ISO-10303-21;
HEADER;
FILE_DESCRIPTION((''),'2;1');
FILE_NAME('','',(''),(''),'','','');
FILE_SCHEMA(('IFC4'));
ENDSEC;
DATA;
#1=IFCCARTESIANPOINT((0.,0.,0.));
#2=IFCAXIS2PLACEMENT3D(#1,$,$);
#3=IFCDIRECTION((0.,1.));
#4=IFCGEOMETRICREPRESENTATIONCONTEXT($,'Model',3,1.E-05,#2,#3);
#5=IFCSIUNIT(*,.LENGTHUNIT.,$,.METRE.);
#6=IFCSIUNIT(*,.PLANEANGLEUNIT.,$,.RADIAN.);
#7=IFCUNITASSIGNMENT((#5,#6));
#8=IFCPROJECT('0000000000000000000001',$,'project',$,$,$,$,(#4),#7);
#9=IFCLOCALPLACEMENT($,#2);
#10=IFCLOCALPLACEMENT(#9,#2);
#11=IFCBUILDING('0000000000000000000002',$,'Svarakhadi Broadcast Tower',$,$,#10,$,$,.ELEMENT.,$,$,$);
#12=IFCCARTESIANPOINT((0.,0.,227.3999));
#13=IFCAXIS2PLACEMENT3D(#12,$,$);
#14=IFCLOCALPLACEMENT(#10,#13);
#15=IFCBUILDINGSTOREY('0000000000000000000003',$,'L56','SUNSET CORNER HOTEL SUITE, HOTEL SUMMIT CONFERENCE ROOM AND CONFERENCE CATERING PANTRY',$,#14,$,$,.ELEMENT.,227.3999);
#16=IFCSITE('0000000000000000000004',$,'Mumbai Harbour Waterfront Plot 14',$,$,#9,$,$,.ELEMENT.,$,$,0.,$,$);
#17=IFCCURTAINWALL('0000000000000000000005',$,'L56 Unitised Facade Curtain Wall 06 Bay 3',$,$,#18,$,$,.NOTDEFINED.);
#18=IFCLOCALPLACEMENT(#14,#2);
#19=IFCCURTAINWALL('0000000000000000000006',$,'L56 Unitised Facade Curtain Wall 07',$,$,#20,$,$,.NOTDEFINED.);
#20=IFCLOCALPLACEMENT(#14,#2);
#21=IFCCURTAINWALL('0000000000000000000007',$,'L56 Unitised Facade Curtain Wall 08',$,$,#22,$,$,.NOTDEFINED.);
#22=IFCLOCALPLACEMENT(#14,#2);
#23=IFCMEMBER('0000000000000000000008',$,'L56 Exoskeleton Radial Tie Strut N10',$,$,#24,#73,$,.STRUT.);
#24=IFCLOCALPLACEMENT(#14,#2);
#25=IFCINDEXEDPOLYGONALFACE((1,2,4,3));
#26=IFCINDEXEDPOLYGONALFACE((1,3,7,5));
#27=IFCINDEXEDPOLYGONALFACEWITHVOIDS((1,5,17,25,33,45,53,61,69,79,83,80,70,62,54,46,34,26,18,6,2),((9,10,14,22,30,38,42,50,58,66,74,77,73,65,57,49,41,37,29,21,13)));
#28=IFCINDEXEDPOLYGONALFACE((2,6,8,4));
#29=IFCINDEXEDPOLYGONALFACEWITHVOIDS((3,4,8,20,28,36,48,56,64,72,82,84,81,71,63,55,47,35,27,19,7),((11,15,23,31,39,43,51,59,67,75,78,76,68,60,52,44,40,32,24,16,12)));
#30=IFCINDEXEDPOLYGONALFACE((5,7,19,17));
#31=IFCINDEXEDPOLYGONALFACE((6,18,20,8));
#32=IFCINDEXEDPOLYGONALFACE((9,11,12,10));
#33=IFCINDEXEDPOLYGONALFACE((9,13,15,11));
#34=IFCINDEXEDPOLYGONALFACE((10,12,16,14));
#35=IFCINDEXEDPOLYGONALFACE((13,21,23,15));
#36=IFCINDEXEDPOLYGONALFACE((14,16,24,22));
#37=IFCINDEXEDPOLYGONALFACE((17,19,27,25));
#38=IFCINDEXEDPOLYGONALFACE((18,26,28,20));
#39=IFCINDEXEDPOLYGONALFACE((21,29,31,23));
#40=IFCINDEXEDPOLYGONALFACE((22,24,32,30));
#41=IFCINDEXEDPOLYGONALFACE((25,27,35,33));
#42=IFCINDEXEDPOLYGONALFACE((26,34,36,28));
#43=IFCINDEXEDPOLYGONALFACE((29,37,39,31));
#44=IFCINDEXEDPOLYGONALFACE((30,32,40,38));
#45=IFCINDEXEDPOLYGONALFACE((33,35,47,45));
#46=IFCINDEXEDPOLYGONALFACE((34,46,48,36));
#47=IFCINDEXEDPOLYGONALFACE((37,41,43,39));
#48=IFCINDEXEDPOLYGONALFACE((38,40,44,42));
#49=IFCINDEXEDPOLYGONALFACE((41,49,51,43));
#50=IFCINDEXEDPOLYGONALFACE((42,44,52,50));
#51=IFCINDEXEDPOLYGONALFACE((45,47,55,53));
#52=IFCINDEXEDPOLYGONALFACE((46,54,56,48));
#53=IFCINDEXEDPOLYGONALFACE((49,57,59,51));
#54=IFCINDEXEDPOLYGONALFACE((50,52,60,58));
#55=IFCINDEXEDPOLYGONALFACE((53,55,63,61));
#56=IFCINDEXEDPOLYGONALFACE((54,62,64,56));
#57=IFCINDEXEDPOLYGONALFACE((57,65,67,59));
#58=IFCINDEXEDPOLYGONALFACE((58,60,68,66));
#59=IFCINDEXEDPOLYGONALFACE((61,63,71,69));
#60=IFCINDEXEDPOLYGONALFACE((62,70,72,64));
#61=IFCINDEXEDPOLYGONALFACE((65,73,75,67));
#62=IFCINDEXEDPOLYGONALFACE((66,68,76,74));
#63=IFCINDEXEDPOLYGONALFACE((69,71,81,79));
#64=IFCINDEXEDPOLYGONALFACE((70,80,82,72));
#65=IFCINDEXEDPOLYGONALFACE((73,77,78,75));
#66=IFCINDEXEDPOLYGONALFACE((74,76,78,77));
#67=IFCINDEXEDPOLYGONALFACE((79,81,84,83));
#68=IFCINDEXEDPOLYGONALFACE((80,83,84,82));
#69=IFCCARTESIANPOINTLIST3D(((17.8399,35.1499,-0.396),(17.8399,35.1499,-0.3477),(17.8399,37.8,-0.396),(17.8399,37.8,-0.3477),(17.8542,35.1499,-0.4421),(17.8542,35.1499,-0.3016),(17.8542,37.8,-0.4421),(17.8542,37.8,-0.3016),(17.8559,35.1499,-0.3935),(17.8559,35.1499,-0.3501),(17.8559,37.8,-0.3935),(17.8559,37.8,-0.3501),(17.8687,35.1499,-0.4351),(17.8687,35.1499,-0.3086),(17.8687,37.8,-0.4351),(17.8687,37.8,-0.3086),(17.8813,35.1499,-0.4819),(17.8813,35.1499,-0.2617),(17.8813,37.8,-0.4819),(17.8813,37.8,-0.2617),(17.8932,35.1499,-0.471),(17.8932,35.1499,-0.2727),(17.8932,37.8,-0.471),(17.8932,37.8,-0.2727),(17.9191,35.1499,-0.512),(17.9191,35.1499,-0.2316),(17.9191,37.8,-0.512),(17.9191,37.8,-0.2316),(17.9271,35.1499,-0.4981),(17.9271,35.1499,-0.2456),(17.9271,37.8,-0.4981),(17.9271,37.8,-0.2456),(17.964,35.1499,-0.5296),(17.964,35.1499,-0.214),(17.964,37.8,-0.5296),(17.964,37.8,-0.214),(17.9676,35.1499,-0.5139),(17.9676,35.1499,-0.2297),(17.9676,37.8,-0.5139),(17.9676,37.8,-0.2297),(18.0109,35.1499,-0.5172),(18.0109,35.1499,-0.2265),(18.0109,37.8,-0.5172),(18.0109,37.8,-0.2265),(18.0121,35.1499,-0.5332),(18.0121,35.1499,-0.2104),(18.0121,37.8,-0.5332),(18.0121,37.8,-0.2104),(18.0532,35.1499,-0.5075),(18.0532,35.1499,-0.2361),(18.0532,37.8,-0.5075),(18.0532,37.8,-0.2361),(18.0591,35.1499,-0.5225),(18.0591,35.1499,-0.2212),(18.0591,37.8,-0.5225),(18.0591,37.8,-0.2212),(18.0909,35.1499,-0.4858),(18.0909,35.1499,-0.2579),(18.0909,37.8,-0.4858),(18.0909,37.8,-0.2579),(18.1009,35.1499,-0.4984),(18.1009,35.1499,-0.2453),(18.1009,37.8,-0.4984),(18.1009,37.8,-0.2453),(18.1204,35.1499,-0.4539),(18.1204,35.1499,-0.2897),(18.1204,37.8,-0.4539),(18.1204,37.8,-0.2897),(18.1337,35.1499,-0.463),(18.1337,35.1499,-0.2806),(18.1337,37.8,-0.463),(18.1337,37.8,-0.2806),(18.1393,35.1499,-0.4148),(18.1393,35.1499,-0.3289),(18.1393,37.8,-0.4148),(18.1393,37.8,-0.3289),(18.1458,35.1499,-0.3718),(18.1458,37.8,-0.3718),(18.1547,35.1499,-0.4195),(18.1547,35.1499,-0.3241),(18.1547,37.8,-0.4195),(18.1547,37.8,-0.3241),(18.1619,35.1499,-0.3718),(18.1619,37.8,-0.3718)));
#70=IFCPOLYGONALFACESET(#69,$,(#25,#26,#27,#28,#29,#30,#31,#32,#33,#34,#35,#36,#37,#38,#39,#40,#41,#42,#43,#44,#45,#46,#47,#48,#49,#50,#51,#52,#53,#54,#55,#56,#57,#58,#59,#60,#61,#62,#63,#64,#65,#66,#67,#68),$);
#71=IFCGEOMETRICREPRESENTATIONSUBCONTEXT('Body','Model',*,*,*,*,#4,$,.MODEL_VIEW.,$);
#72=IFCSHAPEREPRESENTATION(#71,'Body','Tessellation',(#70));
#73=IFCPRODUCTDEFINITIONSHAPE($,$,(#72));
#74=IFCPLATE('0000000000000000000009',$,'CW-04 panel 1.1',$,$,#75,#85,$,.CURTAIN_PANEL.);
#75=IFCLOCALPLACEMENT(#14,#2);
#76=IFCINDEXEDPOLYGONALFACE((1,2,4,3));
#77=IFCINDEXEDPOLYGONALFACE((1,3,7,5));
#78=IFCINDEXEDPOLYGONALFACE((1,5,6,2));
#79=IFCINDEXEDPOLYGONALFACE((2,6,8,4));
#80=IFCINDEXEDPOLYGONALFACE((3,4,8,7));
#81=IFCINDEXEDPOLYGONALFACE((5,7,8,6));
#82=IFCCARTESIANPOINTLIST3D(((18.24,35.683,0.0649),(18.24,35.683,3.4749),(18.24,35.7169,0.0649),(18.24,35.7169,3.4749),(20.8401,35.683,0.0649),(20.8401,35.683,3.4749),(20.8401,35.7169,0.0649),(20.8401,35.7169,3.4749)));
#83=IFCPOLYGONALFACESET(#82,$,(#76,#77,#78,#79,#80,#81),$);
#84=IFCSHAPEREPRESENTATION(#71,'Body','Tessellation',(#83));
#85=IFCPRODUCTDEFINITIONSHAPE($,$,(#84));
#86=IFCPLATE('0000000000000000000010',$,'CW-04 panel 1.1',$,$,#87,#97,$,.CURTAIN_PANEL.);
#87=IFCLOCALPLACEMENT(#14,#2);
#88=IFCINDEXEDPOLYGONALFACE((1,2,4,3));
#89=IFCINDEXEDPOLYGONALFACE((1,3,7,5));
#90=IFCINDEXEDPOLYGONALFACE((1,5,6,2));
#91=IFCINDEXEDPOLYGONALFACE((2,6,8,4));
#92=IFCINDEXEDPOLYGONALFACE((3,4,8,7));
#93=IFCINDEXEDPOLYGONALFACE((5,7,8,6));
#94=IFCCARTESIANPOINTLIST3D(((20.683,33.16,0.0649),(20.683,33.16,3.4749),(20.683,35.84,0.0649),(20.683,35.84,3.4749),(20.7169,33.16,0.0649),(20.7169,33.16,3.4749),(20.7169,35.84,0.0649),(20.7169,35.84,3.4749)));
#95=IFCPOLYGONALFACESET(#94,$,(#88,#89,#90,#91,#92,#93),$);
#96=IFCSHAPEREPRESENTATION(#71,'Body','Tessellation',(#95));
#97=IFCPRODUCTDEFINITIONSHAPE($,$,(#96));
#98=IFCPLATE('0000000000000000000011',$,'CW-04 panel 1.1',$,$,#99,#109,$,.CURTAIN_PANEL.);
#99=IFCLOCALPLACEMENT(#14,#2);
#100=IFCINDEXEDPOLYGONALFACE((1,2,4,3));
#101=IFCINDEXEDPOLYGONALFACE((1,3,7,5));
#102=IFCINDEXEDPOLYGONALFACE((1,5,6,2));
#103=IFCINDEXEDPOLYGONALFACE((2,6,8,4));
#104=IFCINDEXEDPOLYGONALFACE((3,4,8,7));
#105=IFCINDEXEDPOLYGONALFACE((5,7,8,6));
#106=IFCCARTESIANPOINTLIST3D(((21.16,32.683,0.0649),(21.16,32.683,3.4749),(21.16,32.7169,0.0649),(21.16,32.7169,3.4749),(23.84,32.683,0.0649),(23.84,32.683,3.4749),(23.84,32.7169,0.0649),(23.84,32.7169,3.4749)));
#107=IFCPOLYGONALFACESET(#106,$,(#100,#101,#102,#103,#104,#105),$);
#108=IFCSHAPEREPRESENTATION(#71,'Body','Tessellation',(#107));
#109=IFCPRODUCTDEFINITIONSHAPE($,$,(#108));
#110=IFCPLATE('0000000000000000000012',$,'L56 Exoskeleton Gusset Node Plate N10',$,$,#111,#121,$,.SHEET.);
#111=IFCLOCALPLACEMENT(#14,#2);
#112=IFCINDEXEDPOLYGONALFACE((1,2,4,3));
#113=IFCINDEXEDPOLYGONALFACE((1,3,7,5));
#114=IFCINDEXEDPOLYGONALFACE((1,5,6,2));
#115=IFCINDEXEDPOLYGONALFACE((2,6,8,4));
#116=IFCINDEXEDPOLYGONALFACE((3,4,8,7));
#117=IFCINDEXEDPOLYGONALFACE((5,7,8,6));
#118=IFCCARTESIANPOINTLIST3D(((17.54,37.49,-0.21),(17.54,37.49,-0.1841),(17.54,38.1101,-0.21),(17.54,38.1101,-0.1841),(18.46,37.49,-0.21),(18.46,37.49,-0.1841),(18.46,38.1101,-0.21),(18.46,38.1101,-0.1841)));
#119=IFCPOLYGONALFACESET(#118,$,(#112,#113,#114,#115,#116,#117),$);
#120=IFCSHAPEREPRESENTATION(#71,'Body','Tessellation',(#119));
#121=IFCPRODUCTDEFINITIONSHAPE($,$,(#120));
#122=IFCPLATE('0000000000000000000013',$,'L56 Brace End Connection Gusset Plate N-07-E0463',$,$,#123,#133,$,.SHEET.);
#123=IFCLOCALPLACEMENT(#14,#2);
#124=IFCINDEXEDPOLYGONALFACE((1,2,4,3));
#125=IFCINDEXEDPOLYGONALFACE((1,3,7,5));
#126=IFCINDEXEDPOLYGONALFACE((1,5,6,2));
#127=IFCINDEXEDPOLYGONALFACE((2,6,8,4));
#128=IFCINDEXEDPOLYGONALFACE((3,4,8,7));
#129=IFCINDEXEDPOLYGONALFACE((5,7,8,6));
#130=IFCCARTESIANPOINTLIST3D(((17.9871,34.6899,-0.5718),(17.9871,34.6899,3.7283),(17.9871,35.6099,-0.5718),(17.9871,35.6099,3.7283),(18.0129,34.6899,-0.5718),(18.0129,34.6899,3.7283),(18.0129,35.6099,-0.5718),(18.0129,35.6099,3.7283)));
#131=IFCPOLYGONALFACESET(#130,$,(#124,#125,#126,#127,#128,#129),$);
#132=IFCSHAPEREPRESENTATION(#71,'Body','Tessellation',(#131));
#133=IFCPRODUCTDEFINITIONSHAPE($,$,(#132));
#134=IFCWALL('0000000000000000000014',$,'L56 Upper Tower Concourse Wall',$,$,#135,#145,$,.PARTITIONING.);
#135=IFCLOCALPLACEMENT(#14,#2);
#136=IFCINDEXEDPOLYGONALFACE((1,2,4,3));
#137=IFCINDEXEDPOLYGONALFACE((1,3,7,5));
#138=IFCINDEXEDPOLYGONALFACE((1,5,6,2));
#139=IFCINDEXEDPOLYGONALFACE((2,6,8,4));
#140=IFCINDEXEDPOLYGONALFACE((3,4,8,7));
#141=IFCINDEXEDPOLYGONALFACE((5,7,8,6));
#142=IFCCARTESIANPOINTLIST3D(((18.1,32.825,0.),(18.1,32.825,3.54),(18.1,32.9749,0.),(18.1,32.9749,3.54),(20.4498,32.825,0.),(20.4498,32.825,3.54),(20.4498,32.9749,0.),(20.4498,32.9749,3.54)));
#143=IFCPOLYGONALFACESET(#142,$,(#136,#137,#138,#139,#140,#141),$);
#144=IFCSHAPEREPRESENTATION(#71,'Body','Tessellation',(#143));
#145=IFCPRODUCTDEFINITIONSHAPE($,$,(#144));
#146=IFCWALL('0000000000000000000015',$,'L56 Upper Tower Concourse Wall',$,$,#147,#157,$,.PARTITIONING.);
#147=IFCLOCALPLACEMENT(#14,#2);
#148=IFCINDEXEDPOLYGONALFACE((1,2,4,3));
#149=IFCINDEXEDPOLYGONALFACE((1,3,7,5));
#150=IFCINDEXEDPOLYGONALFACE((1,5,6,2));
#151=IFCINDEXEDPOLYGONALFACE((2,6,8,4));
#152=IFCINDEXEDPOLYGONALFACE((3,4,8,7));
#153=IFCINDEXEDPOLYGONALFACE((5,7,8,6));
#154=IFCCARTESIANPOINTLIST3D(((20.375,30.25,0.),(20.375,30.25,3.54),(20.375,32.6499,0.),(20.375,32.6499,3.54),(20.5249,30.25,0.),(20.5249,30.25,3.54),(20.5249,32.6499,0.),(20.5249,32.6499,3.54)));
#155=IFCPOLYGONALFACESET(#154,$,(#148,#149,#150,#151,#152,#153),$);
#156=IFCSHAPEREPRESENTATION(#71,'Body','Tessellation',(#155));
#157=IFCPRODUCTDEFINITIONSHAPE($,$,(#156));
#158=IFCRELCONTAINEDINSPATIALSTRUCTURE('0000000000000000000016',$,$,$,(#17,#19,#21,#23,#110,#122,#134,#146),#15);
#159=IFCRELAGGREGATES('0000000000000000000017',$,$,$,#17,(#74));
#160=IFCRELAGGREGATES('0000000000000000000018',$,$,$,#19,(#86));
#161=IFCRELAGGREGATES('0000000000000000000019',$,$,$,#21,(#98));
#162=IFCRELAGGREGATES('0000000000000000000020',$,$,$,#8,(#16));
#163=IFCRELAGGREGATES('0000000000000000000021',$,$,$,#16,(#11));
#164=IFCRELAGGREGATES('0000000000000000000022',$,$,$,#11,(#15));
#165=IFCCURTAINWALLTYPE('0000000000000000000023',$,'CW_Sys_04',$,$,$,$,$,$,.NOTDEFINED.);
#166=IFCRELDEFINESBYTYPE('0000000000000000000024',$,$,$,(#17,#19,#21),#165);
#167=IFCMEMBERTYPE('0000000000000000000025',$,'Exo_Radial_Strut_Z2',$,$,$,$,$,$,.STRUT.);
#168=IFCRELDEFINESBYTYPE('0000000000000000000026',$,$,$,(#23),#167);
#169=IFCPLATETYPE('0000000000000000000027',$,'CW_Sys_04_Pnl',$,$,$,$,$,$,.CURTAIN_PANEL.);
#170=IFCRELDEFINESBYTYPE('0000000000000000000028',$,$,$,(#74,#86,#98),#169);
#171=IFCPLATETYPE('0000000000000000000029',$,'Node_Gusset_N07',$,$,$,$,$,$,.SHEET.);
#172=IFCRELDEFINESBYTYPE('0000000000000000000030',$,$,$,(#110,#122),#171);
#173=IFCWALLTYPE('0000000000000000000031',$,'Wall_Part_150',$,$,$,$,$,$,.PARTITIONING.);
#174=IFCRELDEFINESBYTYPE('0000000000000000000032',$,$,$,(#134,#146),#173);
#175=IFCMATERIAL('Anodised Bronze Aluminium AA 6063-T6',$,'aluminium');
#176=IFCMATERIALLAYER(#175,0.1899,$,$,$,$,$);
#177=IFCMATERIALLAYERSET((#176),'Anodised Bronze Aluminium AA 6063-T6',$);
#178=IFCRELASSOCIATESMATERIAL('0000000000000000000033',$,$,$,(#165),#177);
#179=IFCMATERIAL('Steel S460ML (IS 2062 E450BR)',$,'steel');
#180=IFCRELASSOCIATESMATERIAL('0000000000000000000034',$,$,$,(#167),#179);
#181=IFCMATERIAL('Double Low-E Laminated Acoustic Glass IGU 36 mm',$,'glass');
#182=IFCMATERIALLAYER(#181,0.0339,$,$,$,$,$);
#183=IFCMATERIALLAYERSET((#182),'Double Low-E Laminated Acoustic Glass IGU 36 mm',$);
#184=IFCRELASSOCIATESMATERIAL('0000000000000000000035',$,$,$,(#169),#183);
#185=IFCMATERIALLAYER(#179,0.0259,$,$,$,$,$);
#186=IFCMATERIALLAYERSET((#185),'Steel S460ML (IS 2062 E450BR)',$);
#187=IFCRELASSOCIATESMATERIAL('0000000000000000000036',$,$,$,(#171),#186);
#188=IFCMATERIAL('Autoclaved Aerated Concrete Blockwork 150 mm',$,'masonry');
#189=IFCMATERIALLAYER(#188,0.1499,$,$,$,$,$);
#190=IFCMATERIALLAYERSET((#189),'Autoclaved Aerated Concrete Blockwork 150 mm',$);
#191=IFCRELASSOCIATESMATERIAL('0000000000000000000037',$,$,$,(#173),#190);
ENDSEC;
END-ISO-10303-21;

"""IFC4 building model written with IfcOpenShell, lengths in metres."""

from ifc_helpers import new_model, si_unit, direction, frame, frame_2d, origin, origin_2d, place, context, subcontext, project, spatial, rectangle, hollow_circle, extrude, material, layer, layer_set, material_profile, profile_set, type_object, element, aggregate, save


model = new_model("IFC4")

# Units and contexts
model_context = context("Model", 3, precision=1e-05, world=origin(), true_north=direction((0.0, 1.0)))
body_context = subcontext(model_context, "Body", "Model", "MODEL_VIEW")
ifc_project = project(units=[si_unit("LENGTHUNIT", "METRE"), si_unit("PLANEANGLEUNIT", "RADIAN")], contexts=[model_context])

# Site, building, storey
site_placement = place(None, origin())
site = spatial("IfcSite", under=ifc_project, at=site_placement, Name="Mumbai Harbour Waterfront Plot 14", CompositionType="ELEMENT", RefElevation=0.0)
building_placement = place(site_placement, origin())
building = spatial("IfcBuilding", under=site, at=building_placement, Name="Svarakhadi Broadcast Tower", CompositionType="ELEMENT")
storey_placement = place(building_placement, frame((0.0, 0.0, 227.3999)))
storey = spatial("IfcBuildingStorey", under=building, at=storey_placement, Name="L56", Description="SUNSET CORNER HOTEL SUITE, HOTEL SUMMIT CONFERENCE ROOM AND CONFERENCE CATERING PANTRY", CompositionType="ELEMENT", Elevation=227.3999)

# Shared definitions
ifc_material_1 = material(Name="Steel S460ML (IS 2062 E450BR)", Category="steel")

# Curtain walls
ifc_material_2 = material(Name="Anodised Bronze Aluminium AA 6063-T6", Category="aluminium")
ifc_layer_1 = layer(ifc_material_2, 0.1899)
ifc_layer_set_1 = layer_set([ifc_layer_1], Name="Anodised Bronze Aluminium AA 6063-T6")
curtain_wall_type = type_object("IfcCurtainWallType", Name="CW_Sys_04", PredefinedType="NOTDEFINED", material=ifc_layer_set_1)
curtain_wall_1_placement = place(storey_placement, origin())
curtain_wall_1 = element("IfcCurtainWall", 1, at=curtain_wall_1_placement, inside=storey, type_object=curtain_wall_type, Name="L56 Unitised Facade Curtain Wall 06 Bay 3", PredefinedType="NOTDEFINED")
curtain_wall_2_placement = place(storey_placement, origin())
curtain_wall_2 = element("IfcCurtainWall", 2, at=curtain_wall_2_placement, inside=storey, type_object=curtain_wall_type, Name="L56 Unitised Facade Curtain Wall 07", PredefinedType="NOTDEFINED")
curtain_wall_3_placement = place(storey_placement, origin())
curtain_wall_3 = element("IfcCurtainWall", 3, at=curtain_wall_3_placement, inside=storey, type_object=curtain_wall_type, Name="L56 Unitised Facade Curtain Wall 08", PredefinedType="NOTDEFINED")

# Member
ifc_material_profile_1 = material_profile(ifc_material_1, hollow_circle(Radius=0.1619, WallThickness=0.0161, at=origin_2d()), Name="CHS 323.9x16")
ifc_profile_set_1 = profile_set([ifc_material_profile_1], Name="Steel S460ML (IS 2062 E450BR)")
member_type_1 = type_object("IfcMemberType", Name="Exo_Radial_Strut_Z2", PredefinedType="STRUT", material=ifc_profile_set_1)
member_1_placement = place(storey_placement, frame((18.0, 37.8, -0.3718), z_axis=(0.0, -1.0, 0.0), x_axis=(1.0, 0.0, 0.0)))
element("IfcMember", 4, at=member_1_placement, inside=storey, type_object=member_type_1, Name="L56 Exoskeleton Radial Tie Strut N10", PredefinedType="STRUT", context=body_context, shape_type="SweptSolid", body=[
    extrude(hollow_circle(Radius=0.1619, WallThickness=0.0161, at=origin_2d()), origin(), (0.0, 0.0, 1.0), 2.6501),
])

# Plates
ifc_material_3 = material(Name="Double Low-E Laminated Acoustic Glass IGU 36 mm", Category="glass")
ifc_layer_2 = layer(ifc_material_3, 0.0339)
ifc_layer_set_2 = layer_set([ifc_layer_2], Name="Double Low-E Laminated Acoustic Glass IGU 36 mm")
plate_type_1 = type_object("IfcPlateType", Name="CW_Sys_04_Pnl", PredefinedType="CURTAIN_PANEL", material=ifc_layer_set_2)
plate_1_placement = place(storey_placement, frame((19.54, 35.7, 0.0649), z_axis=(0.0, 0.0, 1.0), x_axis=(1.0, 0.0, 0.0)))
plate_1 = element("IfcPlate", 5, at=plate_1_placement, type_object=plate_type_1, Name="CW-04 panel 1.1", PredefinedType="CURTAIN_PANEL", context=body_context, shape_type="SweptSolid", body=[
    extrude(rectangle(XDim=2.6001, YDim=0.0339, at=origin_2d()), origin(), (0.0, 0.0, 1.0), 3.4099),
])
aggregate(curtain_wall_1, [plate_1])
plate_2_placement = place(storey_placement, frame((20.7, 34.5, 0.0649), z_axis=(0.0, 0.0, 1.0), x_axis=(0.0, -1.0, 0.0)))
plate_2 = element("IfcPlate", 6, at=plate_2_placement, type_object=plate_type_1, Name="CW-04 panel 1.1", PredefinedType="CURTAIN_PANEL", context=body_context, shape_type="SweptSolid", body=[
    extrude(rectangle(XDim=2.6799, YDim=0.0339, at=origin_2d()), origin(), (0.0, 0.0, 1.0), 3.4099),
])
aggregate(curtain_wall_2, [plate_2])
plate_3_placement = place(storey_placement, frame((22.5, 32.7, 0.0649), z_axis=(0.0, 0.0, 1.0), x_axis=(1.0, 0.0, 0.0)))
plate_3 = element("IfcPlate", 7, at=plate_3_placement, type_object=plate_type_1, Name="CW-04 panel 1.1", PredefinedType="CURTAIN_PANEL", context=body_context, shape_type="SweptSolid", body=[
    extrude(rectangle(XDim=2.6799, YDim=0.0339, at=origin_2d()), origin(), (0.0, 0.0, 1.0), 3.4099),
])
aggregate(curtain_wall_3, [plate_3])

# Plates
ifc_layer_3 = layer(ifc_material_1, 0.0259)
ifc_layer_set_3 = layer_set([ifc_layer_3], Name="Steel S460ML (IS 2062 E450BR)")
plate_type_2 = type_object("IfcPlateType", Name="Node_Gusset_N07", PredefinedType="SHEET", material=ifc_layer_set_3)
plate_4_placement = place(storey_placement, frame((18.0, 37.8, -0.21), z_axis=(0.0, 0.0, 1.0), x_axis=(1.0, 0.0, 0.0)))
element("IfcPlate", 8, at=plate_4_placement, inside=storey, type_object=plate_type_2, Name="L56 Exoskeleton Gusset Node Plate N10", PredefinedType="SHEET", context=body_context, shape_type="SweptSolid", body=[
    extrude(rectangle(XDim=0.9199, YDim=0.6201, at=origin_2d()), origin(), (0.0, 0.0, 1.0), 0.0259),
])
plate_5_placement = place(storey_placement, frame((18.0, 35.1499, -0.5718), z_axis=(0.0, 0.0, 1.0), x_axis=(0.0, 1.0, 0.0)))
element("IfcPlate", 9, at=plate_5_placement, inside=storey, type_object=plate_type_2, Name="L56 Brace End Connection Gusset Plate N-07-E0463", PredefinedType="SHEET", context=body_context, shape_type="SweptSolid", body=[
    extrude(rectangle(XDim=0.9199, YDim=0.0259, at=origin_2d()), origin(), (0.0, 0.0, 1.0), 4.3),
])

# Walls
ifc_material_4 = material(Name="Autoclaved Aerated Concrete Blockwork 150 mm", Category="masonry")
ifc_layer_4 = layer(ifc_material_4, 0.1499)
ifc_layer_set_4 = layer_set([ifc_layer_4], Name="Autoclaved Aerated Concrete Blockwork 150 mm")
wall_type = type_object("IfcWallType", Name="Wall_Part_150", PredefinedType="PARTITIONING", material=ifc_layer_set_4)
wall_1_placement = place(storey_placement, frame((18.1001, 32.8999, 0.0), z_axis=(0.0, 0.0, 1.0), x_axis=(1.0, 0.0, 0.0)))
element("IfcWall", 10, at=wall_1_placement, inside=storey, type_object=wall_type, Name="L56 Upper Tower Concourse Wall", PredefinedType="PARTITIONING", context=body_context, shape_type="SweptSolid", body=[
    extrude(rectangle(XDim=2.3499, YDim=0.1499, at=frame_2d((1.1748, 0.0))), origin(), (0.0, 0.0, 1.0), 3.54),
])
wall_2_placement = place(storey_placement, frame((20.45, 32.6499, 0.0), z_axis=(0.0, 0.0, 1.0), x_axis=(0.0, -1.0, 0.0)))
element("IfcWall", 11, at=wall_2_placement, inside=storey, type_object=wall_type, Name="L56 Upper Tower Concourse Wall", PredefinedType="PARTITIONING", context=body_context, shape_type="SweptSolid", body=[
    extrude(rectangle(XDim=2.3999, YDim=0.1499, at=frame_2d((1.2, 0.0))), origin(), (0.0, 0.0, 1.0), 3.54),
])

save(model, "model.ifc")
